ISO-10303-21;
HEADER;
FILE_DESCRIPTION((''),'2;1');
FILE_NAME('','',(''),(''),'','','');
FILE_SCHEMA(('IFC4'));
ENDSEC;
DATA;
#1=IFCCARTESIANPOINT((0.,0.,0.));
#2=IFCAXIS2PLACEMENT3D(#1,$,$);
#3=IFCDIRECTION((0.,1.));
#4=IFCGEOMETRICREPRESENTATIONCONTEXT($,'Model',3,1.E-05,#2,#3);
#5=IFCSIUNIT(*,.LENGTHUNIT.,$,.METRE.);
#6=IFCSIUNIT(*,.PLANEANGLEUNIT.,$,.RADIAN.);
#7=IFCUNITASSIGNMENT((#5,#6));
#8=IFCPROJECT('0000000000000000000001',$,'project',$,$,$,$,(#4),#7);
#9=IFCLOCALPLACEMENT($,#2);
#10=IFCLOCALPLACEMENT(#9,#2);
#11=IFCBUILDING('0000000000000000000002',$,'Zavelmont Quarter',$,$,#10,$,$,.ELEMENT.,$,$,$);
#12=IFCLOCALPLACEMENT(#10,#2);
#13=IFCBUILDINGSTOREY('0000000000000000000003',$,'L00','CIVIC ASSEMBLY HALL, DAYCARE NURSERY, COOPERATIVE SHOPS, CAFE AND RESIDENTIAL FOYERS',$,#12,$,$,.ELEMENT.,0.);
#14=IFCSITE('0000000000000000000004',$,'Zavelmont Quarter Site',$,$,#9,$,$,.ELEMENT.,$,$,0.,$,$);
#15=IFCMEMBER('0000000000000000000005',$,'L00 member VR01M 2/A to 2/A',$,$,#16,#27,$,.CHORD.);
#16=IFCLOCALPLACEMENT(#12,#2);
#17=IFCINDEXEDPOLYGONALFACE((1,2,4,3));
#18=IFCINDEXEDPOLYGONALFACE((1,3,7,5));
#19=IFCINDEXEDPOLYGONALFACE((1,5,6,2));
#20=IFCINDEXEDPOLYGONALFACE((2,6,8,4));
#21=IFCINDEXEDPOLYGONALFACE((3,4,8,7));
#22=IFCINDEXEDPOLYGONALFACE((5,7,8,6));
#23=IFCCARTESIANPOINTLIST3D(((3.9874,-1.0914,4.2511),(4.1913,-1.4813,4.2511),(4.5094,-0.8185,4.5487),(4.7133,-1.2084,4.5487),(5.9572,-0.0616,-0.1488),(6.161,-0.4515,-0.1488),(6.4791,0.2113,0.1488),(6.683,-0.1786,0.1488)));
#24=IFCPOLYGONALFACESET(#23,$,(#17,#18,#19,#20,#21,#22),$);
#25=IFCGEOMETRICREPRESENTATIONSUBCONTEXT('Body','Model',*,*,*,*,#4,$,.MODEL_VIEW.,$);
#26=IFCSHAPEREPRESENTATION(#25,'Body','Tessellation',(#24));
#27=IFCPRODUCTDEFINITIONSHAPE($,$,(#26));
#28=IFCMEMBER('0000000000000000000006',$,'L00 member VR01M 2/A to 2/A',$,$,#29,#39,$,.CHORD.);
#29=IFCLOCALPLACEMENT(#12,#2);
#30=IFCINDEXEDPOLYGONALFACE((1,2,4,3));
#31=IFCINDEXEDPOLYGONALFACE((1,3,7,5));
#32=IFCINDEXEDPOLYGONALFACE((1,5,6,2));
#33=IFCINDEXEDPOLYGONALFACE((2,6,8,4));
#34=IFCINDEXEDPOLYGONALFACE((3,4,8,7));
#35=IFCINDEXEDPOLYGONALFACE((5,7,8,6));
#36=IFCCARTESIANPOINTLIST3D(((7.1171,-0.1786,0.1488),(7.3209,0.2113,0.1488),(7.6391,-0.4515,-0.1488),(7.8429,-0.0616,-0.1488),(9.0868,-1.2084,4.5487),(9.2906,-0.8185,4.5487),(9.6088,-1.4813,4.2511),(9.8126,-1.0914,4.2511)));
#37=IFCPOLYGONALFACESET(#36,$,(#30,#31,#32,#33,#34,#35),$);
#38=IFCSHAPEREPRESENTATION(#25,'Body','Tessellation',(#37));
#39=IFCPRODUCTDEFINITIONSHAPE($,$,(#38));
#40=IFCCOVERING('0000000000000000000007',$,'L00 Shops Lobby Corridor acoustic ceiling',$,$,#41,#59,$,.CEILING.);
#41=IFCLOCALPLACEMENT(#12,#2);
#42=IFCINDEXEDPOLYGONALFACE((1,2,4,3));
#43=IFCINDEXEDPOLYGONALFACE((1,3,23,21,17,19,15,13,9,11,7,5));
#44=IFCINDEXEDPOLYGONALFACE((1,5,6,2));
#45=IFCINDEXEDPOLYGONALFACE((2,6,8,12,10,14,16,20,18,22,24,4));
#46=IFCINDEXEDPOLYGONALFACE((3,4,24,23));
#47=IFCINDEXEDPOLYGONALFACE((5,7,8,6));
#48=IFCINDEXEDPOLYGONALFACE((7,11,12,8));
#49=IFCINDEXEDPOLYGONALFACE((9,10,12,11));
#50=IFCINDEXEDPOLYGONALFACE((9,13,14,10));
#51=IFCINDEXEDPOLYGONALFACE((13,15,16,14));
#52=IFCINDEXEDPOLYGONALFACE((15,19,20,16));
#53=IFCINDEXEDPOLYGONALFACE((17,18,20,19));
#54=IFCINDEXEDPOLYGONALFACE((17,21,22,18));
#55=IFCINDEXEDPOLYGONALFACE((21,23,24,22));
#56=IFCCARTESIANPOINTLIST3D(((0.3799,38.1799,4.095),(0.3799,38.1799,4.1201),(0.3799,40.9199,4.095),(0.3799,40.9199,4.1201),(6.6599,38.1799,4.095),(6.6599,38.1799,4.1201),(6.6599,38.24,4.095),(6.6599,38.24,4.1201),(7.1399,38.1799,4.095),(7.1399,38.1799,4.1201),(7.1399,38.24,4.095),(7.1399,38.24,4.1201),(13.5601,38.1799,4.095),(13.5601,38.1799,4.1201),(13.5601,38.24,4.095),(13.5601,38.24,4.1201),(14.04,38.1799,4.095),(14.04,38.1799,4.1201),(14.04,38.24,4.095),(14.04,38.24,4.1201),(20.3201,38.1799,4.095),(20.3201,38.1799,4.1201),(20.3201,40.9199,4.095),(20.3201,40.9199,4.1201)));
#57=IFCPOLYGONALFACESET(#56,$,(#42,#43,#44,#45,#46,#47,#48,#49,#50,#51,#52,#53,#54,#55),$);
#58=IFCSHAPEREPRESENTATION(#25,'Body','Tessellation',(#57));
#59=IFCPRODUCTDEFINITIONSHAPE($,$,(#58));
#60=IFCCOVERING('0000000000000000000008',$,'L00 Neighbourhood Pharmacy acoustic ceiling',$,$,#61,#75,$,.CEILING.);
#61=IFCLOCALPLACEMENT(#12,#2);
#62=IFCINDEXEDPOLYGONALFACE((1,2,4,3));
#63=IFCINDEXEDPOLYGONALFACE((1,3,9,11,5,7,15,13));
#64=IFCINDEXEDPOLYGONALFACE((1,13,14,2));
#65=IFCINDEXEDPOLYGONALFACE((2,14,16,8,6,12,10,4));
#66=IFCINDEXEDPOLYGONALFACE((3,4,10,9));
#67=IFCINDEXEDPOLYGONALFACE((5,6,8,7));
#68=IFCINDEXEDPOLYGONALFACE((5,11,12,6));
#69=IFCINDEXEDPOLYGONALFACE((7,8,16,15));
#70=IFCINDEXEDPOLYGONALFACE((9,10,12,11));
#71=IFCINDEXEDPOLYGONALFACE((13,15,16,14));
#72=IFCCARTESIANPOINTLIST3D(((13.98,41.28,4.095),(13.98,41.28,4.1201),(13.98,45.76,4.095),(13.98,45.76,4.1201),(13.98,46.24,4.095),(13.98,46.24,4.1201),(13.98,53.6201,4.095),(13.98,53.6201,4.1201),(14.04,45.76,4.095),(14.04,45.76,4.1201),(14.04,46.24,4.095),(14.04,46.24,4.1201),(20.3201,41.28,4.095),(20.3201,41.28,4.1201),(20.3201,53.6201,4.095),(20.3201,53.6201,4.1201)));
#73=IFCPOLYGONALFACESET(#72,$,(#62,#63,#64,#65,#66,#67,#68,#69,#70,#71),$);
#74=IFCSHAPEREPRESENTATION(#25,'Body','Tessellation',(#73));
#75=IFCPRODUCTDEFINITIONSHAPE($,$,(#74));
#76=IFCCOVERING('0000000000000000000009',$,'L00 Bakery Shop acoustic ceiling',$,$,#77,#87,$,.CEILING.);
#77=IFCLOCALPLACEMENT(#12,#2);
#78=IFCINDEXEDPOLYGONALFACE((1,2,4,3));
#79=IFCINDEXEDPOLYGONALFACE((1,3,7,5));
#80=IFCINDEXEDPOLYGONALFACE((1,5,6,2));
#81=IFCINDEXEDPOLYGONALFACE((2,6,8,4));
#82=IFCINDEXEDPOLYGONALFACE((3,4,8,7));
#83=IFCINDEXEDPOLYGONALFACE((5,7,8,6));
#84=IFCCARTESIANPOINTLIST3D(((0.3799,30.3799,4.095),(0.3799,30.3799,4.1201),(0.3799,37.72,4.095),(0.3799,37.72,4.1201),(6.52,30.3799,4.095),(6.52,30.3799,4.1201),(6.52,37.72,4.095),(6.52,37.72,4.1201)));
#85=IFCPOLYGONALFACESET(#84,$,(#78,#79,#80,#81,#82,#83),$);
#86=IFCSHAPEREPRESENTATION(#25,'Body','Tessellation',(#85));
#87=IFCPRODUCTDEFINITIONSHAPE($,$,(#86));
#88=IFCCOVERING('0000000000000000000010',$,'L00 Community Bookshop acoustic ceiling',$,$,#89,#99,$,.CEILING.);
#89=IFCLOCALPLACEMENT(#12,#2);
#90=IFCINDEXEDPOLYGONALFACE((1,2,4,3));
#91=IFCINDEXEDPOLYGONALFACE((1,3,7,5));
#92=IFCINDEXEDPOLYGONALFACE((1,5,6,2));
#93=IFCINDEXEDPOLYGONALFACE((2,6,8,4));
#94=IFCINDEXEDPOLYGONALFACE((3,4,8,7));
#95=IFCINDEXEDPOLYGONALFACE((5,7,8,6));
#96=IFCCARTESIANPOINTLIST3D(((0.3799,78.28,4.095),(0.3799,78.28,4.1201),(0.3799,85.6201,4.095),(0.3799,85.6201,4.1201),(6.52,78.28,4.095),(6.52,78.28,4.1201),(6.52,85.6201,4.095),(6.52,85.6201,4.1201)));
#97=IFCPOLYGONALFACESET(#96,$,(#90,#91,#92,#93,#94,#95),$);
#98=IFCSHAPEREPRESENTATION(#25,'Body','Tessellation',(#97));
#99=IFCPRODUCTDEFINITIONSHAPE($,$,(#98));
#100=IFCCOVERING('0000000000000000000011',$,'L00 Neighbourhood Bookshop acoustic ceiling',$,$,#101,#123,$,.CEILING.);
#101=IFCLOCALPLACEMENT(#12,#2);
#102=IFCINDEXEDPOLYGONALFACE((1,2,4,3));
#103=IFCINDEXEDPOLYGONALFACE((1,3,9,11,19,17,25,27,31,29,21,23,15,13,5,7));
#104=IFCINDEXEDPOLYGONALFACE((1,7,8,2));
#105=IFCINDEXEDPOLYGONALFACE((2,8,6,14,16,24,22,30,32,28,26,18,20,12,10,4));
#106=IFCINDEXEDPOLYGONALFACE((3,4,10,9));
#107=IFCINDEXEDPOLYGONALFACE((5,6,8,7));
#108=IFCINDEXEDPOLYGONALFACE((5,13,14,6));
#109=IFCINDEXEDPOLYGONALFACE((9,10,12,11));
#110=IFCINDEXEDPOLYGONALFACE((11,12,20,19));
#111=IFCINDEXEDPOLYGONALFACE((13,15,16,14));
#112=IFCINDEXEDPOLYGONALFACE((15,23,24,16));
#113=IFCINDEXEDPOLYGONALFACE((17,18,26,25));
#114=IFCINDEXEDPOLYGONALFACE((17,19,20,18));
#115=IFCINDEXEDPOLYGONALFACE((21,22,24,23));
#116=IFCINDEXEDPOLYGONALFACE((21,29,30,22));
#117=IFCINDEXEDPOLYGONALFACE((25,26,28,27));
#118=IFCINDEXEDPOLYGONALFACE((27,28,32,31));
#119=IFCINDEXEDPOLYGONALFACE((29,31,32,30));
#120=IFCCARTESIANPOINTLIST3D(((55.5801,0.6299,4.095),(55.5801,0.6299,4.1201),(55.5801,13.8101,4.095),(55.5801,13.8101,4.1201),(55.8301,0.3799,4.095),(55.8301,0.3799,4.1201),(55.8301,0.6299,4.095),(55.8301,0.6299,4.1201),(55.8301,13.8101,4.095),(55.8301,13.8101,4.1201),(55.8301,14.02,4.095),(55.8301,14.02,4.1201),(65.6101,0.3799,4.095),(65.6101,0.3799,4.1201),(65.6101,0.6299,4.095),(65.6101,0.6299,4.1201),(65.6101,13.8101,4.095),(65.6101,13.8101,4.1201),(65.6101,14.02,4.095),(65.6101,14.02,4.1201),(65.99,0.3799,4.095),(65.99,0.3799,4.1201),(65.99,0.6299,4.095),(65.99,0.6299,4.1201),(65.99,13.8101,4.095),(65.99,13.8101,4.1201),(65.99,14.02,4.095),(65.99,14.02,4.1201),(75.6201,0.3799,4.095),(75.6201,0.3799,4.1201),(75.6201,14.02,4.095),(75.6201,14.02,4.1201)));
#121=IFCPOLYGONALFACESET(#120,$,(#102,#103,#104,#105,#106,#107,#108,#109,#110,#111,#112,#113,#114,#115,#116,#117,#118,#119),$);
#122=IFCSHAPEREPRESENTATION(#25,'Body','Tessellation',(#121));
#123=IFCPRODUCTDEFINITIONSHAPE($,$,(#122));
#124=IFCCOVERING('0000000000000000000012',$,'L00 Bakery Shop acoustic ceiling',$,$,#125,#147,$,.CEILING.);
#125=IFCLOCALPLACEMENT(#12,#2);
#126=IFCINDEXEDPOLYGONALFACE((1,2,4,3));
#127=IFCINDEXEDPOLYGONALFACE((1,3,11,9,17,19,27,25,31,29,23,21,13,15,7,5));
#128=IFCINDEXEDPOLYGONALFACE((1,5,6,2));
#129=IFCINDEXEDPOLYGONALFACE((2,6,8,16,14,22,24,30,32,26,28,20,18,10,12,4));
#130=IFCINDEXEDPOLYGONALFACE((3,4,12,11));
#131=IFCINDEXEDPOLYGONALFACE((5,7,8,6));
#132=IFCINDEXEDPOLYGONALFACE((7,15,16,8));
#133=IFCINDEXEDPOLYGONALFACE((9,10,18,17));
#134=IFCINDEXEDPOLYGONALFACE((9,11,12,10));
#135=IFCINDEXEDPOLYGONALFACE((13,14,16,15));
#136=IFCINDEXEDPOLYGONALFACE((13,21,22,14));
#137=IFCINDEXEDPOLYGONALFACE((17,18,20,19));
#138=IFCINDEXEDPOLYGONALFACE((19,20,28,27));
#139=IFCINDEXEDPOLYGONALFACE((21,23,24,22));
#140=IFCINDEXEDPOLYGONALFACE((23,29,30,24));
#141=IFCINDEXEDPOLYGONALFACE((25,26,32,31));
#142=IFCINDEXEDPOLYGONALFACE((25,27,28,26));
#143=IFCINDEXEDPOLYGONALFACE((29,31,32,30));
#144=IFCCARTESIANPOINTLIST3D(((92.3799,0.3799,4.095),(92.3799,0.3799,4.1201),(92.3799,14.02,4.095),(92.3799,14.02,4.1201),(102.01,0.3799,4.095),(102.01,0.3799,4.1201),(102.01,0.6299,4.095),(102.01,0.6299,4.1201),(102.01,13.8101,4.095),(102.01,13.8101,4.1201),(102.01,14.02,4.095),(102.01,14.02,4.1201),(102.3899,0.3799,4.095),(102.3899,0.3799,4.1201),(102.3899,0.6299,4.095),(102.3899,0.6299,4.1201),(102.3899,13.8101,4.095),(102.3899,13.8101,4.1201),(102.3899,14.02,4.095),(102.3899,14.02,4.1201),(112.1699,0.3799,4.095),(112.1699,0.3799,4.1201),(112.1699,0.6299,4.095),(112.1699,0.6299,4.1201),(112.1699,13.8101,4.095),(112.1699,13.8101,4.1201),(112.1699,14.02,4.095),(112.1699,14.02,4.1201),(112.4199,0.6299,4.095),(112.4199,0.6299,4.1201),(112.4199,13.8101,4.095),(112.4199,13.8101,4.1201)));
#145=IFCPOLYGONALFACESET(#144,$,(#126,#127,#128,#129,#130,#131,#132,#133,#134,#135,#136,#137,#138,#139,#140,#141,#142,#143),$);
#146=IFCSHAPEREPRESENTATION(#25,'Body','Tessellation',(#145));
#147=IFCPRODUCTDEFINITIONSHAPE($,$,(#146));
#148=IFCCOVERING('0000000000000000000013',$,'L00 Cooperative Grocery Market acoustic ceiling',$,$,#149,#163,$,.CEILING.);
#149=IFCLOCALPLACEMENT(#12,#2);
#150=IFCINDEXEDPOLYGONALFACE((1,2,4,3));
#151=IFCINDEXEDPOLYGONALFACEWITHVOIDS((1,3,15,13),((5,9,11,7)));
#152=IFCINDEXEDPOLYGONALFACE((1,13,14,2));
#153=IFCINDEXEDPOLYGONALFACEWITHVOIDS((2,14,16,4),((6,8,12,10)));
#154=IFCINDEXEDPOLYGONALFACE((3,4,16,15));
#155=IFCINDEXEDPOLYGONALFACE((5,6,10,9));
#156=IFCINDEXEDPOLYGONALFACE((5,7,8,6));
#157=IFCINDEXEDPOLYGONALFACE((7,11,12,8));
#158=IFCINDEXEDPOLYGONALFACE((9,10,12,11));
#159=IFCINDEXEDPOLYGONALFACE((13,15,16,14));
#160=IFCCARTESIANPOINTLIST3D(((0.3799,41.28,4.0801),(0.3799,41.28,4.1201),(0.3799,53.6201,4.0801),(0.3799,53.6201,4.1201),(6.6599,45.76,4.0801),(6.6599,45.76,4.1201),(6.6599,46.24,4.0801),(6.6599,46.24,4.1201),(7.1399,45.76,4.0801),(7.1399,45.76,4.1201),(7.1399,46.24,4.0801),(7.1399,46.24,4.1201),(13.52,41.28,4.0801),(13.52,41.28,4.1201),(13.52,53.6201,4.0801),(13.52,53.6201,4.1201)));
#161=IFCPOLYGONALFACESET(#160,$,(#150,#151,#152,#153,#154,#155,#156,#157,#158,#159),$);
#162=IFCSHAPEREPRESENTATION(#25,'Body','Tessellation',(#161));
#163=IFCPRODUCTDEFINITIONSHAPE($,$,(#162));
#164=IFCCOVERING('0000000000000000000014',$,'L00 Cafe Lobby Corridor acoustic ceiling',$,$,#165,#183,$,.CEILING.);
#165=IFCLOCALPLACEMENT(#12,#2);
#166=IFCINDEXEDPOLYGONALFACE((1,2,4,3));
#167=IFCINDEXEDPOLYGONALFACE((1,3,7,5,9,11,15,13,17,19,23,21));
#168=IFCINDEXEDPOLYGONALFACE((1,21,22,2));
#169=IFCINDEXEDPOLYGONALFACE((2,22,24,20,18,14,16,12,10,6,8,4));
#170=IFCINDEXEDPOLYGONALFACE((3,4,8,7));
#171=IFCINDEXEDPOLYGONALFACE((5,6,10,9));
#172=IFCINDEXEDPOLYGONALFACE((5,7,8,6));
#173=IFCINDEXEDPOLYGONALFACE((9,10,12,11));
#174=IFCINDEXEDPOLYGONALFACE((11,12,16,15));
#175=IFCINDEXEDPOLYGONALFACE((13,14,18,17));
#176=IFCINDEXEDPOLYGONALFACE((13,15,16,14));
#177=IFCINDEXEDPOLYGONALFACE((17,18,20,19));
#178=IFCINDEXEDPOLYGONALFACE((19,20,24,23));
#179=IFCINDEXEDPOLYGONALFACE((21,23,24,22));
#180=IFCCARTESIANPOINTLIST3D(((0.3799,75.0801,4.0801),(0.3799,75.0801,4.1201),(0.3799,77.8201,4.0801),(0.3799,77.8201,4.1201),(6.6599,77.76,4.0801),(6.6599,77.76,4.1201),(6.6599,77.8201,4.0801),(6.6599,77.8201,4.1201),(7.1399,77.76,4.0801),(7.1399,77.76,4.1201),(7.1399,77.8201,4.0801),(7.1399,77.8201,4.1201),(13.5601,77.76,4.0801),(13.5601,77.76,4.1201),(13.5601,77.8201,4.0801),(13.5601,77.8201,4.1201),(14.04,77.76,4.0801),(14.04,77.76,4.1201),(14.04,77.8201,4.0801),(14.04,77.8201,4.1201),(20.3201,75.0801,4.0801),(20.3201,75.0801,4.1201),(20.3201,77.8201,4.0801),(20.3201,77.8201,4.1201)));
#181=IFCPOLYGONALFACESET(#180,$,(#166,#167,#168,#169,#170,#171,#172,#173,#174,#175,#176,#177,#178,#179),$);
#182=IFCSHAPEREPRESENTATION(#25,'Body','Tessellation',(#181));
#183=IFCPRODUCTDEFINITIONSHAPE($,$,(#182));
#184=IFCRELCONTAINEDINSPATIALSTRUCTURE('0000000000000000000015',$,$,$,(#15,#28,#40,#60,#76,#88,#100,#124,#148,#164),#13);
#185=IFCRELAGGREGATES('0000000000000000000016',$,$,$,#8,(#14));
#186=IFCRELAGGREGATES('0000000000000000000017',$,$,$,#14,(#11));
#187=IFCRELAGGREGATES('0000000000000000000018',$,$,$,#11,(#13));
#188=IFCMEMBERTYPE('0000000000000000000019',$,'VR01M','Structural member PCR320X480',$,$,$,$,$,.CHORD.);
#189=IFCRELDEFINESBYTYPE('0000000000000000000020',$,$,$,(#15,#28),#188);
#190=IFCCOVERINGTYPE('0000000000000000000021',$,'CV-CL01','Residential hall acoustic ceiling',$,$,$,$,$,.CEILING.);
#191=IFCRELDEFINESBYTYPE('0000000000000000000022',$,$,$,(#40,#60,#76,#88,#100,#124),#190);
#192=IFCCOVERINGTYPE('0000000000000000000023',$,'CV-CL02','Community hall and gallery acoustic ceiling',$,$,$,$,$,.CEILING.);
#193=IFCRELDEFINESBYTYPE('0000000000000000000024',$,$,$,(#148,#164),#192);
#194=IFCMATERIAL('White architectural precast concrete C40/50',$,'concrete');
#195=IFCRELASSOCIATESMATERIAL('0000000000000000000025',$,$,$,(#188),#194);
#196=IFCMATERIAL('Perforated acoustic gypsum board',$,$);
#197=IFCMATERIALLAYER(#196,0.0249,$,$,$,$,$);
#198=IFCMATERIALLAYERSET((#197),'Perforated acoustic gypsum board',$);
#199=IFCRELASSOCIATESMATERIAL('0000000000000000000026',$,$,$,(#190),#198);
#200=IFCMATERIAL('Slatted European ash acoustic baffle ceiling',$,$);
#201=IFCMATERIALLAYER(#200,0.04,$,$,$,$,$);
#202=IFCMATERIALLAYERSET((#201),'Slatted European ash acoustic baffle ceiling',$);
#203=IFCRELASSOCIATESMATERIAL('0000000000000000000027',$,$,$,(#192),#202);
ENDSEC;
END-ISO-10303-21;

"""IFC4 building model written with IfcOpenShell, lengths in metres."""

from ifc_helpers import new_model, si_unit, direction, frame, origin, origin_2d, place, context, subcontext, project, spatial, polyline, rectangle, outline, extrude, material, layer, layer_set, material_profile, profile_set, type_object, element, save


model = new_model("IFC4")

# Units and contexts
model_context = context("Model", 3, precision=1e-05, world=origin(), true_north=direction((0.0, 1.0)))
body_context = subcontext(model_context, "Body", "Model", "MODEL_VIEW")
ifc_project = project(units=[si_unit("LENGTHUNIT", "METRE"), si_unit("PLANEANGLEUNIT", "RADIAN")], contexts=[model_context])

# Site, building, storey
site_placement = place(None, origin())
site = spatial("IfcSite", under=ifc_project, at=site_placement, Name="Zavelmont Quarter Site", CompositionType="ELEMENT", RefElevation=0.0)
building_placement = place(site_placement, origin())
building = spatial("IfcBuilding", under=site, at=building_placement, Name="Zavelmont Quarter", CompositionType="ELEMENT")
storey_placement = place(building_placement, origin())
storey = spatial("IfcBuildingStorey", under=building, at=storey_placement, Name="L00", Description="CIVIC ASSEMBLY HALL, DAYCARE NURSERY, COOPERATIVE SHOPS, CAFE AND RESIDENTIAL FOYERS", CompositionType="ELEMENT", Elevation=0.0)

# Members
ifc_material_1 = material(Name="White architectural precast concrete C40/50", Category="concrete")
ifc_material_profile = material_profile(ifc_material_1, rectangle(XDim=0.4399, YDim=0.6599, at=origin_2d()), Name="PCR320X480")
ifc_profile_set = profile_set([ifc_material_profile], Name="White architectural precast concrete C40/50")
member_type = type_object("IfcMemberType", Name="VR01M", Description="Structural member PCR320X480", PredefinedType="CHORD", material=ifc_profile_set)
for number, where, z_axis, x_axis, name in (
    (1, (6.3201, -0.1201, 0.0), (-0.399584, -0.208905, 0.892576), (0.463309, -0.886197, 0.0), "L00 member VR01M 2/A to 2/A"),
    (2, (7.48, -0.1201, 0.0), (0.399584, -0.208905, 0.892576), (0.463309, 0.886197, 0.0), "L00 member VR01M 2/A to 2/A"),
):
    element("IfcMember", number, at=place(storey_placement, frame(where, z_axis=z_axis, x_axis=x_axis)), inside=storey, type_object=member_type, Name=name, PredefinedType="CHORD", context=body_context, shape_type="SweptSolid", body=[
        extrude(rectangle(XDim=0.4399, YDim=0.6599, at=origin_2d()), origin(), (0.0, 0.0, 1.0), 4.9294),
    ])

# Coverings
ifc_material_2 = material(Name="Perforated acoustic gypsum board")
ifc_layer_1 = layer(ifc_material_2, 0.0249)
ifc_layer_set_1 = layer_set([ifc_layer_1], Name="Perforated acoustic gypsum board")
covering_type_1 = type_object("IfcCoveringType", Name="CV-CL01", Description="Residential hall acoustic ceiling", PredefinedType="CEILING", material=ifc_layer_set_1)
covering_1_placement = place(storey_placement, frame((0.0, 0.0, 4.095)))
element("IfcCovering", 3, at=covering_1_placement, inside=storey, type_object=covering_type_1, Name="L00 Shops Lobby Corridor acoustic ceiling", PredefinedType="CEILING", context=body_context, shape_type="SweptSolid", body=[
    extrude(outline(polyline([(0.3799, 40.9199), (20.3201, 40.9199), (20.3201, 38.1799), (14.04, 38.1799), (14.04, 38.24), (13.5601, 38.24), (13.5601, 38.1799), (7.1399, 38.1799), (7.1399, 38.24), (6.6599, 38.24), (6.6599, 38.1799), (0.3799, 38.1799), (0.3799, 40.9199)])), origin(), (0.0, 0.0, 1.0), 0.0251),
])
covering_2_placement = place(storey_placement, frame((0.0, 0.0, 4.095)))
element("IfcCovering", 4, at=covering_2_placement, inside=storey, type_object=covering_type_1, Name="L00 Neighbourhood Pharmacy acoustic ceiling", PredefinedType="CEILING", context=body_context, shape_type="SweptSolid", body=[
    extrude(outline(polyline([(13.98, 45.76), (14.04, 45.76), (14.04, 46.24), (13.98, 46.24), (13.98, 53.6201), (20.3201, 53.6201), (20.3201, 41.28), (13.98, 41.28), (13.98, 45.76)])), origin(), (0.0, 0.0, 1.0), 0.0251),
])
covering_3_placement = place(storey_placement, frame((0.0, 0.0, 4.095)))
element("IfcCovering", 5, at=covering_3_placement, inside=storey, type_object=covering_type_1, Name="L00 Bakery Shop acoustic ceiling", PredefinedType="CEILING", context=body_context, shape_type="SweptSolid", body=[
    extrude(outline(polyline([(0.3799, 37.72), (6.52, 37.72), (6.52, 30.3799), (0.3799, 30.3799), (0.3799, 37.72)])), origin(), (0.0, 0.0, 1.0), 0.0251),
])
covering_4_placement = place(storey_placement, frame((0.0, 0.0, 4.095)))
element("IfcCovering", 6, at=covering_4_placement, inside=storey, type_object=covering_type_1, Name="L00 Community Bookshop acoustic ceiling", PredefinedType="CEILING", context=body_context, shape_type="SweptSolid", body=[
    extrude(outline(polyline([(0.3799, 85.6201), (6.52, 85.6201), (6.52, 78.28), (0.3799, 78.28), (0.3799, 85.6201)])), origin(), (0.0, 0.0, 1.0), 0.0251),
])
covering_5_placement = place(storey_placement, frame((0.0, 0.0, 4.095)))
element("IfcCovering", 7, at=covering_5_placement, inside=storey, type_object=covering_type_1, Name="L00 Neighbourhood Bookshop acoustic ceiling", PredefinedType="CEILING", context=body_context, shape_type="SweptSolid", body=[
    extrude(outline(polyline([(55.5801, 13.8101), (55.8301, 13.8101), (55.8301, 14.02), (65.6101, 14.02), (65.6101, 13.8101), (65.99, 13.8101), (65.99, 14.02), (75.6201, 14.02), (75.6201, 0.3799), (65.99, 0.3799), (65.99, 0.6299), (65.6101, 0.6299), (65.6101, 0.3799), (55.8301, 0.3799), (55.8301, 0.6299), (55.5801, 0.6299), (55.5801, 13.8101)])), origin(), (0.0, 0.0, 1.0), 0.0251),
])
covering_6_placement = place(storey_placement, frame((0.0, 0.0, 4.095)))
element("IfcCovering", 8, at=covering_6_placement, inside=storey, type_object=covering_type_1, Name="L00 Bakery Shop acoustic ceiling", PredefinedType="CEILING", context=body_context, shape_type="SweptSolid", body=[
    extrude(outline(polyline([(92.3799, 14.02), (102.01, 14.02), (102.01, 13.8101), (102.3899, 13.8101), (102.3899, 14.02), (112.1699, 14.02), (112.1699, 13.8101), (112.4199, 13.8101), (112.4199, 0.6299), (112.1699, 0.6299), (112.1699, 0.3799), (102.3899, 0.3799), (102.3899, 0.6299), (102.01, 0.6299), (102.01, 0.3799), (92.3799, 0.3799), (92.3799, 14.02)])), origin(), (0.0, 0.0, 1.0), 0.0251),
])
ifc_material_3 = material(Name="Slatted European ash acoustic baffle ceiling")
ifc_layer_2 = layer(ifc_material_3, 0.04)
ifc_layer_set_2 = layer_set([ifc_layer_2], Name="Slatted European ash acoustic baffle ceiling")
covering_type_2 = type_object("IfcCoveringType", Name="CV-CL02", Description="Community hall and gallery acoustic ceiling", PredefinedType="CEILING", material=ifc_layer_set_2)
covering_7_placement = place(storey_placement, frame((0.0, 0.0, 4.0801)))
element("IfcCovering", 9, at=covering_7_placement, inside=storey, type_object=covering_type_2, Name="L00 Cooperative Grocery Market acoustic ceiling", PredefinedType="CEILING", context=body_context, shape_type="SweptSolid", body=[
    extrude(outline(polyline([(0.3799, 53.6201), (13.52, 53.6201), (13.52, 41.28), (0.3799, 41.28), (0.3799, 53.6201)]), holes=[polyline([(7.1399, 46.24), (6.6599, 46.24), (6.6599, 45.76), (7.1399, 45.76), (7.1399, 46.24)])]), origin(), (0.0, 0.0, 1.0), 0.04),
])
covering_8_placement = place(storey_placement, frame((0.0, 0.0, 4.0801)))
element("IfcCovering", 10, at=covering_8_placement, inside=storey, type_object=covering_type_2, Name="L00 Cafe Lobby Corridor acoustic ceiling", PredefinedType="CEILING", context=body_context, shape_type="SweptSolid", body=[
    extrude(outline(polyline([(0.3799, 77.8201), (6.6599, 77.8201), (6.6599, 77.76), (7.1399, 77.76), (7.1399, 77.8201), (13.5601, 77.8201), (13.5601, 77.76), (14.04, 77.76), (14.04, 77.8201), (20.3201, 77.8201), (20.3201, 75.0801), (0.3799, 75.0801), (0.3799, 77.8201)])), origin(), (0.0, 0.0, 1.0), 0.04),
])

save(model, "model.ifc")
